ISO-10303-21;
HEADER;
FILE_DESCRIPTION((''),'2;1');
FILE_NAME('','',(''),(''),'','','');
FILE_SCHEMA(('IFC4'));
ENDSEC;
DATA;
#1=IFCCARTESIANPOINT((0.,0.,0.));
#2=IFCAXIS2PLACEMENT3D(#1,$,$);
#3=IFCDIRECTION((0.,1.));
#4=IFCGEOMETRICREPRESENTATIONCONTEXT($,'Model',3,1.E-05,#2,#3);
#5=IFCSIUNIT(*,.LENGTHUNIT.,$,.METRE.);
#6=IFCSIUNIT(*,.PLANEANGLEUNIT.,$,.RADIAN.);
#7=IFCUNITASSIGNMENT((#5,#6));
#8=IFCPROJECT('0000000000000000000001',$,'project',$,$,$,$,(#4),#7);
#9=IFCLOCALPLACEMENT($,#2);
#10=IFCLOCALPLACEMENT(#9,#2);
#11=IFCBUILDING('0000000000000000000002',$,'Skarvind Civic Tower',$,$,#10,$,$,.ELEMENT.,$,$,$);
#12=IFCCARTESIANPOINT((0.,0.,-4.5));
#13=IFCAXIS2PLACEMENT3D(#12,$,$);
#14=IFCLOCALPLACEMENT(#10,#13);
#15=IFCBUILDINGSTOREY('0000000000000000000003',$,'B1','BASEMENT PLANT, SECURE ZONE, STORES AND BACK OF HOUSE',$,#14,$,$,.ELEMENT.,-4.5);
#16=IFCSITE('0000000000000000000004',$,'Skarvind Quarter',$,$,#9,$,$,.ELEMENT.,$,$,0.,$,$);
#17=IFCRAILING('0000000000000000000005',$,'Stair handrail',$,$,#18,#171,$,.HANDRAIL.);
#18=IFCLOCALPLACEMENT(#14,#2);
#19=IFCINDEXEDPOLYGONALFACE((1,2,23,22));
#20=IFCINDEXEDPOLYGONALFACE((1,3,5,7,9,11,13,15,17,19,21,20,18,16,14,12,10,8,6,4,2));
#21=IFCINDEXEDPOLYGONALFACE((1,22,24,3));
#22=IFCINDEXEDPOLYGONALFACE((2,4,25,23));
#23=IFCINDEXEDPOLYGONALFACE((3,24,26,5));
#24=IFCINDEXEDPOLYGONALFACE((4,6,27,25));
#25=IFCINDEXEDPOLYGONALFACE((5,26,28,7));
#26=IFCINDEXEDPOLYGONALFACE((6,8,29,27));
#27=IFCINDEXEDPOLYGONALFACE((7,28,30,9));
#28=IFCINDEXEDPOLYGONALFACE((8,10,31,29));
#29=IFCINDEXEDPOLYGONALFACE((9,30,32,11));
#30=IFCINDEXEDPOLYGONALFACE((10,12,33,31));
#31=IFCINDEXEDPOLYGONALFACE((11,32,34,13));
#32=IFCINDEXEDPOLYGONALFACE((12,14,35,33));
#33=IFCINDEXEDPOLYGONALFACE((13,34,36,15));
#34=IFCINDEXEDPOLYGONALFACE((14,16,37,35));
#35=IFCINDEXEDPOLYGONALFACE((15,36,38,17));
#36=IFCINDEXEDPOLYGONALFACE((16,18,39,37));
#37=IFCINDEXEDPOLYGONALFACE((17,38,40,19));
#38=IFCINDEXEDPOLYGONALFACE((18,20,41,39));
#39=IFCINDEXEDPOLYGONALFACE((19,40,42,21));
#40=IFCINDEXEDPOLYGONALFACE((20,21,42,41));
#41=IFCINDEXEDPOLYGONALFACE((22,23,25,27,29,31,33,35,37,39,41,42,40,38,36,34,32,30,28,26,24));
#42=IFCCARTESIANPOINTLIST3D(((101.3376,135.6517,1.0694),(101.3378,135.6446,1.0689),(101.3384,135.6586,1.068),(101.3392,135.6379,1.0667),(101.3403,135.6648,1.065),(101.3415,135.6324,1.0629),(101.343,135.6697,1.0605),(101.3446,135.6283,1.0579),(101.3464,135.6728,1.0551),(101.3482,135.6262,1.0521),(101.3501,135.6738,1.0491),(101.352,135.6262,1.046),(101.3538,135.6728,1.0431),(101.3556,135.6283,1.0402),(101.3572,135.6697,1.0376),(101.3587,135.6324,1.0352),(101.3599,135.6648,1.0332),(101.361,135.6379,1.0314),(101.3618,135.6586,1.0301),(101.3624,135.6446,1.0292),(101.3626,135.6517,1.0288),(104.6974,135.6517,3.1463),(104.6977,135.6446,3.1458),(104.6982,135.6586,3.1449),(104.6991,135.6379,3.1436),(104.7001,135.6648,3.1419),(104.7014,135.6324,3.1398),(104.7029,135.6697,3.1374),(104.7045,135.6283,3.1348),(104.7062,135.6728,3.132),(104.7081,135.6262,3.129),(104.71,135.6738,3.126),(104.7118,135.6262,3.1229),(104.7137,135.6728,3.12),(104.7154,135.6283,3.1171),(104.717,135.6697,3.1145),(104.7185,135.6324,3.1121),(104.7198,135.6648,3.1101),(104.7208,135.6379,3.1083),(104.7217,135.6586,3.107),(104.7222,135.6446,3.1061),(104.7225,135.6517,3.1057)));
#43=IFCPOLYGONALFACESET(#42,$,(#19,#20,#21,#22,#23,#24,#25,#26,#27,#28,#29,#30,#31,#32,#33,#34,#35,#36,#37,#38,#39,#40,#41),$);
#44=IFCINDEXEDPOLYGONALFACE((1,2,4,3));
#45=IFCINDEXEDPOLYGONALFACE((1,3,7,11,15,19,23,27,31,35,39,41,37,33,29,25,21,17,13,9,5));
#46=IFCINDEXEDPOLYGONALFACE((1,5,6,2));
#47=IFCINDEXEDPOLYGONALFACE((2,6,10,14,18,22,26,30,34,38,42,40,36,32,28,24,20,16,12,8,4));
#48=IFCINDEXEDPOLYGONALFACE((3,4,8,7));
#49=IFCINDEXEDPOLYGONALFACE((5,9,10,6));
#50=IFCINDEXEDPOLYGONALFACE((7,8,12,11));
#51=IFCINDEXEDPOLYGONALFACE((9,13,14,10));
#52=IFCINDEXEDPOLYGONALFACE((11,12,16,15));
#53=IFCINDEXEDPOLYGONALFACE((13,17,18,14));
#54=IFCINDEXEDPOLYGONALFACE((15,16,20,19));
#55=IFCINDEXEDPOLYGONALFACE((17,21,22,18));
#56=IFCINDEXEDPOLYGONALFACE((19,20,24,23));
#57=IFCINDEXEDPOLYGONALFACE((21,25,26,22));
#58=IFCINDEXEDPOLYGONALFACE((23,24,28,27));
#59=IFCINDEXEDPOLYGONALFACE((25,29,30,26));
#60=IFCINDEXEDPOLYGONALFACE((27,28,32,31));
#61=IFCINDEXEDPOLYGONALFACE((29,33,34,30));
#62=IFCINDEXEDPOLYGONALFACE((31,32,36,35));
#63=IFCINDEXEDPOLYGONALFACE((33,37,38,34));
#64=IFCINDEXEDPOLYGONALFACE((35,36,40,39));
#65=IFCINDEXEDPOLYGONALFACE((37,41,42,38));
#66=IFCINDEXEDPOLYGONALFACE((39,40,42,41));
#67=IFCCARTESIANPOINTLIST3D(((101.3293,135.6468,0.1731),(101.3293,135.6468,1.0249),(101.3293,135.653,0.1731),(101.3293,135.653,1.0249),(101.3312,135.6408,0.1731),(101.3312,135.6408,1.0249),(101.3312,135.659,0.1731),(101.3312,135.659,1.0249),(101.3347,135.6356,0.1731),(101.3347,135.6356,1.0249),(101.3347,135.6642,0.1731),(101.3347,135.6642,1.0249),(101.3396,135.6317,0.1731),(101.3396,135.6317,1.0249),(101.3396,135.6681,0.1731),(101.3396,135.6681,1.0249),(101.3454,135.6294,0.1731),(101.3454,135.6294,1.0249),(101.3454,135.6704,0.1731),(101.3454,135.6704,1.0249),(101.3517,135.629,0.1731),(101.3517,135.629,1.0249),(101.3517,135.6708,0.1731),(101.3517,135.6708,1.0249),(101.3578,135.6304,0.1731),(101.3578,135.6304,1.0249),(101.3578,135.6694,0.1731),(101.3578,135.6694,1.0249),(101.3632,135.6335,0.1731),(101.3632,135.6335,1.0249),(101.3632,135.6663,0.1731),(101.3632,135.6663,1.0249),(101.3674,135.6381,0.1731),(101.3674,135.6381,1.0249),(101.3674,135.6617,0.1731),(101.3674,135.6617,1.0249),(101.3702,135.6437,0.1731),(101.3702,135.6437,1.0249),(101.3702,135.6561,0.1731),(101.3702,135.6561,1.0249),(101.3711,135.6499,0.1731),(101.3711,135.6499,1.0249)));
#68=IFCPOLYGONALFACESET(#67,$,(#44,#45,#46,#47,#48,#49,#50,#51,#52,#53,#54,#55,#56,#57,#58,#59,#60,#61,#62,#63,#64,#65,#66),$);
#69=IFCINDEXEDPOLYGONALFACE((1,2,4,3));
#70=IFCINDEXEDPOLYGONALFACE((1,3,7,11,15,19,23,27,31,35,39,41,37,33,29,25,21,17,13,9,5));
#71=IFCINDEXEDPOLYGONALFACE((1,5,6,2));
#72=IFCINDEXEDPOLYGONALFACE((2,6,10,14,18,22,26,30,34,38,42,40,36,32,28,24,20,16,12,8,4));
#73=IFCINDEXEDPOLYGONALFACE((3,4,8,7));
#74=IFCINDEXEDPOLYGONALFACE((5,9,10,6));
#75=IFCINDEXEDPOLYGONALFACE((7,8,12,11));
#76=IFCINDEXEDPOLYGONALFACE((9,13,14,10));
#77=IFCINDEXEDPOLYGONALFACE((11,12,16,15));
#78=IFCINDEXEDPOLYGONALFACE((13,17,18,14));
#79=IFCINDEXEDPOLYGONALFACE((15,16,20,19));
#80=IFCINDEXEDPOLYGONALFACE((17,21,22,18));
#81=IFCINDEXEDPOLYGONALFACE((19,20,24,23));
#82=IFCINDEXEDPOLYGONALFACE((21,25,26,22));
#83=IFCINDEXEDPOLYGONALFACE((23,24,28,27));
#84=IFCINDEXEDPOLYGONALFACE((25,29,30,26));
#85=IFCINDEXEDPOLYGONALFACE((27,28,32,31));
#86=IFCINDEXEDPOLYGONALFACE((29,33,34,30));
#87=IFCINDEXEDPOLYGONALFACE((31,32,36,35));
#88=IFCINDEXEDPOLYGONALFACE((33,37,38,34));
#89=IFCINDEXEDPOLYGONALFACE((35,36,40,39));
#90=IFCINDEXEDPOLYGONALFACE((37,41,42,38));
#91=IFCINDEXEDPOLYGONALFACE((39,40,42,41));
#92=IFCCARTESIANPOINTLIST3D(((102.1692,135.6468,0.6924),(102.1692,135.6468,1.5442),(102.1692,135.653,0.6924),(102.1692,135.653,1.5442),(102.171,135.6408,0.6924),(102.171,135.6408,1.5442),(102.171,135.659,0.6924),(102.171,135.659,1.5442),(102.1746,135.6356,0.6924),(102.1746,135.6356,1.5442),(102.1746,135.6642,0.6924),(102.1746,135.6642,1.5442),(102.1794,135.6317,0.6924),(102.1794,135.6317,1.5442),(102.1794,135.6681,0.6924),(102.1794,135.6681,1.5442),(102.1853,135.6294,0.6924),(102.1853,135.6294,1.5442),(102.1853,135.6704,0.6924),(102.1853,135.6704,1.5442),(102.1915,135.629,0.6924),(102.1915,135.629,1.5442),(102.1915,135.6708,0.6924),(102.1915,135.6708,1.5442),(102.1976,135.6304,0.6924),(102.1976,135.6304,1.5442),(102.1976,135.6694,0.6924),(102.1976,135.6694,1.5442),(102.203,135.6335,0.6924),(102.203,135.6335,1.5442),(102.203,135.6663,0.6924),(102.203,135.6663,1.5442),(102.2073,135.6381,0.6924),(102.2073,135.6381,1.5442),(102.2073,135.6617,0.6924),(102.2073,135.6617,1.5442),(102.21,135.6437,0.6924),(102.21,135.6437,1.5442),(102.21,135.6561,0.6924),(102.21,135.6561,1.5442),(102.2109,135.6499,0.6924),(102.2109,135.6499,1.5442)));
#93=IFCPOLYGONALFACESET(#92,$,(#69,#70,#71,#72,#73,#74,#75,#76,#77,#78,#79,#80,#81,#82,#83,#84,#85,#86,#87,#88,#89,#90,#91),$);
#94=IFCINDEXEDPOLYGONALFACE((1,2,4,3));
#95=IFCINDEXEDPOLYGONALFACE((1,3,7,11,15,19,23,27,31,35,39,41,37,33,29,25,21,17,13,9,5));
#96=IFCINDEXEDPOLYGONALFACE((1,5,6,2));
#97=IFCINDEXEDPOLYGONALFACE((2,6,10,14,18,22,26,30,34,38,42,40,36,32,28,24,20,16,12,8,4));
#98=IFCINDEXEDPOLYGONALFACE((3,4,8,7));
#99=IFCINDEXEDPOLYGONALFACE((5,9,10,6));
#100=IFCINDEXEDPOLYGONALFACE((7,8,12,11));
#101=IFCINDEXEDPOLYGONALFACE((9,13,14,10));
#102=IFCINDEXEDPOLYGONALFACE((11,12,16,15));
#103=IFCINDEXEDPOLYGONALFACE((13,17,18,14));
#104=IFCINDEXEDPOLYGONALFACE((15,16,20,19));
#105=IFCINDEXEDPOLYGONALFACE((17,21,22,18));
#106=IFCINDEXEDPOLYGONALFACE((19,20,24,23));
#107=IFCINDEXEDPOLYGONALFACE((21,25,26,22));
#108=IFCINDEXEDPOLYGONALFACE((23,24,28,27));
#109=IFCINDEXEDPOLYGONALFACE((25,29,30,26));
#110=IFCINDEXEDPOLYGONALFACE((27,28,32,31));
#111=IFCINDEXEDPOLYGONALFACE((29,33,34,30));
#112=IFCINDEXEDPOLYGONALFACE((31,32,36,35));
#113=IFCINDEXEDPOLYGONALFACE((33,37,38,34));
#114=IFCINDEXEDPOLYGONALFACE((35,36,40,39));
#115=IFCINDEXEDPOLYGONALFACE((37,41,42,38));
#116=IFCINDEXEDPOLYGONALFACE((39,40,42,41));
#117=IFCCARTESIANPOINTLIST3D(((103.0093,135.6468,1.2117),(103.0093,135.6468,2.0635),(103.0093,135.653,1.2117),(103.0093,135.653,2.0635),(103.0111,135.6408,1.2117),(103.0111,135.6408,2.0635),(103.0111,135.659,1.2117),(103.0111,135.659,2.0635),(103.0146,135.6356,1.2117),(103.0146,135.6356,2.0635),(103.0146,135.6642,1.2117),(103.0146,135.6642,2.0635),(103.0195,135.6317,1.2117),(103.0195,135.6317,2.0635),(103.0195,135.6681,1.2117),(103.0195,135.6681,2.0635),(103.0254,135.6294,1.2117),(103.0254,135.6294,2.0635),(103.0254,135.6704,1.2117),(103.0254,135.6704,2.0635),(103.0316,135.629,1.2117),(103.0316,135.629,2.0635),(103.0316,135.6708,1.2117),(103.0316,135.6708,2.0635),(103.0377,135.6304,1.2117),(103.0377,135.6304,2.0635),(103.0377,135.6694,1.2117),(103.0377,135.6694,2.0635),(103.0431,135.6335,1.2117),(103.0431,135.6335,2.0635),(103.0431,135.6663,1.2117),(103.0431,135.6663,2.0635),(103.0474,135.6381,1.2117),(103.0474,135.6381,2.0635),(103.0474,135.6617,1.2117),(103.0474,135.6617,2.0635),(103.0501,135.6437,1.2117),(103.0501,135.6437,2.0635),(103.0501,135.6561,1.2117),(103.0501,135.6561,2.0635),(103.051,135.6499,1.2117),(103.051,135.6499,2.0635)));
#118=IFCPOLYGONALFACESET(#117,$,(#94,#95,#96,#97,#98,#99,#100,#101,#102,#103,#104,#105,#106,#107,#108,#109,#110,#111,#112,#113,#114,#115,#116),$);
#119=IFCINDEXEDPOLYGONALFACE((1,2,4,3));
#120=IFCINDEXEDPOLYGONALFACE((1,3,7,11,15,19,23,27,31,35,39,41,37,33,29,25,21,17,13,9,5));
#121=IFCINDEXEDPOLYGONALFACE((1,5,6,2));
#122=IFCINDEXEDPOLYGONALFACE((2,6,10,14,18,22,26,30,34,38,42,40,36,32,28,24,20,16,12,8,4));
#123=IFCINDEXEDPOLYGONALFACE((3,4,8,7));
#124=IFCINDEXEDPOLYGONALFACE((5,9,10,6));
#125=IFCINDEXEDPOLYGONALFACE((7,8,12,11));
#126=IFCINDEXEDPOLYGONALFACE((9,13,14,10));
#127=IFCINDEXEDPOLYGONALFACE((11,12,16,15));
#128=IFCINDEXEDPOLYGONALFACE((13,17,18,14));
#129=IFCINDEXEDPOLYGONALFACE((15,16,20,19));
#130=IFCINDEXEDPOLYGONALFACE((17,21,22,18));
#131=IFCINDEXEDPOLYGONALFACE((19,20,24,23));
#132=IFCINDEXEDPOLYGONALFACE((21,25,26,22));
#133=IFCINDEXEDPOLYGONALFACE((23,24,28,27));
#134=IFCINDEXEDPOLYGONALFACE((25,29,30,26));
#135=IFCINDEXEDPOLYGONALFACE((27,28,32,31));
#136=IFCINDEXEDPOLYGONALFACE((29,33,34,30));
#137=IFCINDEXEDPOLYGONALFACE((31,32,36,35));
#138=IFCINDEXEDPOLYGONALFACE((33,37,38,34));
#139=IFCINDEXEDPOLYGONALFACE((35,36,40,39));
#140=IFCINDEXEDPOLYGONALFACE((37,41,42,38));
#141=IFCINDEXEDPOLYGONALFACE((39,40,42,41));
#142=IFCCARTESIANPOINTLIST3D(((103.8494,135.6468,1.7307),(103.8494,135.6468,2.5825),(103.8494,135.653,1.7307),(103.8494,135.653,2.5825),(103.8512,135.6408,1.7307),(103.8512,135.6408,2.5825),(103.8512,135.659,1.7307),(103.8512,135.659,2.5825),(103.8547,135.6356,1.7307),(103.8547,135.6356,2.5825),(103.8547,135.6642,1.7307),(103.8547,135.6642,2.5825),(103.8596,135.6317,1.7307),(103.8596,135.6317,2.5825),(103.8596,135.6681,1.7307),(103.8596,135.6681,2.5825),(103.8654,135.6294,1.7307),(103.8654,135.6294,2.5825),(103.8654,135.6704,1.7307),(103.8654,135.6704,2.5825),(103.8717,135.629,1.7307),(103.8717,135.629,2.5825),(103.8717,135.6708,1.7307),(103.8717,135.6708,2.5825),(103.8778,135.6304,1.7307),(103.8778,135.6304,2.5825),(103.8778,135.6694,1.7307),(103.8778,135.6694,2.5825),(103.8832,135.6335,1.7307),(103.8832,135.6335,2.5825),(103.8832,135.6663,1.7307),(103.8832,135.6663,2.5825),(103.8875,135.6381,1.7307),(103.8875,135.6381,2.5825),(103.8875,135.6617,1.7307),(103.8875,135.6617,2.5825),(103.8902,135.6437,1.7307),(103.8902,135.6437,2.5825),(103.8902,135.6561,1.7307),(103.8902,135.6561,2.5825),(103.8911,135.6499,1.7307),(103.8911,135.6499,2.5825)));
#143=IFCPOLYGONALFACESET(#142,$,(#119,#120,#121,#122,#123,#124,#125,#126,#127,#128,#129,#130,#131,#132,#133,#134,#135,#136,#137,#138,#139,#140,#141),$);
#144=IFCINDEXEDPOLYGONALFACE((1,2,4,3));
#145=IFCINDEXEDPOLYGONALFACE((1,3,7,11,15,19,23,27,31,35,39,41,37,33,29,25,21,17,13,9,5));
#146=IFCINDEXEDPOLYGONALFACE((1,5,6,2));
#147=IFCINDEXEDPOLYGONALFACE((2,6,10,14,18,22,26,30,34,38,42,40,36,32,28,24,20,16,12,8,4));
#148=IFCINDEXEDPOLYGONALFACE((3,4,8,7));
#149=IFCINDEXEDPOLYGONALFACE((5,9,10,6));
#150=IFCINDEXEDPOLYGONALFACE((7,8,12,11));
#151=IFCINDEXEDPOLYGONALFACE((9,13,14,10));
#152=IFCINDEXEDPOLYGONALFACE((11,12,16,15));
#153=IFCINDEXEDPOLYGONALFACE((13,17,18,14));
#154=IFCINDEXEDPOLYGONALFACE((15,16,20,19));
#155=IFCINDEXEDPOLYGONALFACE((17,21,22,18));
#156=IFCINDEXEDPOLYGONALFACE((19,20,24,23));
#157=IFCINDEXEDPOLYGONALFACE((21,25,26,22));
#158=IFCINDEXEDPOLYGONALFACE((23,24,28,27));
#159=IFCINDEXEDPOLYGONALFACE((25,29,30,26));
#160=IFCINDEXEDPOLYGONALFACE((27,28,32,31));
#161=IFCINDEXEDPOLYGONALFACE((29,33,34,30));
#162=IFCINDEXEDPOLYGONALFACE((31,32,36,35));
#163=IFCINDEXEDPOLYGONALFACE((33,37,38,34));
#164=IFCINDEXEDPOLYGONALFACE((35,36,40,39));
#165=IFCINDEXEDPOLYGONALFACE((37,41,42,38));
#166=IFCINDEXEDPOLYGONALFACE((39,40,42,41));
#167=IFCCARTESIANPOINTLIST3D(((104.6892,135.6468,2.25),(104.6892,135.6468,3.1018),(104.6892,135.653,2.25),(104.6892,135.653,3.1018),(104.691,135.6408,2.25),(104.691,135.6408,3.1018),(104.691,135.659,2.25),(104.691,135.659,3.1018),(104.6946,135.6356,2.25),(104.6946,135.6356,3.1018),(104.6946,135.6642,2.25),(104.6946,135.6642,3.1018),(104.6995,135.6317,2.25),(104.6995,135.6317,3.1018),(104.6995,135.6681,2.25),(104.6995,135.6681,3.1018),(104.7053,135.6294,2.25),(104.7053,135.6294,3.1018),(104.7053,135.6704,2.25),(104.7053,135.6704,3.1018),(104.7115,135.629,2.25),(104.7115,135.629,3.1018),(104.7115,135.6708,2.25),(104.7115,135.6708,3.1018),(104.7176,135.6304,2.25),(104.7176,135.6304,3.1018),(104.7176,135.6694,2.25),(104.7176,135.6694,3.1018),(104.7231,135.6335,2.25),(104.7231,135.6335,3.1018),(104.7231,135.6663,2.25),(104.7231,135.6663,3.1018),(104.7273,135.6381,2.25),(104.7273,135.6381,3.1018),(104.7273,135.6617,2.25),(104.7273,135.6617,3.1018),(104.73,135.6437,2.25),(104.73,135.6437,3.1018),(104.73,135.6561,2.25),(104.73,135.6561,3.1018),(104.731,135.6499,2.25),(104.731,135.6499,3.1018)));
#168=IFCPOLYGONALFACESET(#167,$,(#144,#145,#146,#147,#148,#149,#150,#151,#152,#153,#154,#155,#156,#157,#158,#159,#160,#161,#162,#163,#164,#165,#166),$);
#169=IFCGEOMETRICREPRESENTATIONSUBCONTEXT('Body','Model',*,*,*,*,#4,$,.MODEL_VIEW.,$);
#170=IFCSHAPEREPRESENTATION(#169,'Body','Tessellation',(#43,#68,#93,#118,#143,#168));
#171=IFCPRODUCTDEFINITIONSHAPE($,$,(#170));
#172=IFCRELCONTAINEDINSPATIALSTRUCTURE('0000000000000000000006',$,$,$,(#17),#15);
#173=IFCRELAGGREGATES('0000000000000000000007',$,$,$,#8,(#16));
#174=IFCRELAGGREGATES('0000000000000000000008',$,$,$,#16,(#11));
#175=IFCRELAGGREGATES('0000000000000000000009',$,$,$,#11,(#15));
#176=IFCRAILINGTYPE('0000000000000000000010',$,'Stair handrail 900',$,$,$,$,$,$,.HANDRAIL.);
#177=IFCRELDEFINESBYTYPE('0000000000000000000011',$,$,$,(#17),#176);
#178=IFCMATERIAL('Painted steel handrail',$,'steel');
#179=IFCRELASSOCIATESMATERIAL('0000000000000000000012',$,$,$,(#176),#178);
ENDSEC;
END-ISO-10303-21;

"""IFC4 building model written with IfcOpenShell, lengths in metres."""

from ifc_helpers import new_model, si_unit, direction, frame, origin, origin_2d, place, context, subcontext, project, spatial, circle, extrude, material, type_object, element, save


model = new_model("IFC4")

# Units and contexts
model_context = context("Model", 3, precision=1e-05, world=origin(), true_north=direction((0.0, 1.0)))
body_context = subcontext(model_context, "Body", "Model", "MODEL_VIEW")
ifc_project = project(units=[si_unit("LENGTHUNIT", "METRE"), si_unit("PLANEANGLEUNIT", "RADIAN")], contexts=[model_context])

# Site, building, storey
site_placement = place(None, origin())
site = spatial("IfcSite", under=ifc_project, at=site_placement, Name="Skarvind Quarter", CompositionType="ELEMENT", RefElevation=0.0)
building_placement = place(site_placement, origin())
building = spatial("IfcBuilding", under=site, at=building_placement, Name="Skarvind Civic Tower", CompositionType="ELEMENT")
storey_placement = place(building_placement, frame((0.0, 0.0, -4.5)))
storey = spatial("IfcBuildingStorey", under=building, at=storey_placement, Name="B1", Description="BASEMENT PLANT, SECURE ZONE, STORES AND BACK OF HOUSE", CompositionType="ELEMENT", Elevation=-4.5)

# Railing
ifc_material_1 = material(Name="Painted steel handrail", Category="steel")
railing_type = type_object("IfcRailingType", Name="Stair handrail 900", PredefinedType="HANDRAIL", material=ifc_material_1)
railing_1_placement = place(storey_placement, frame((101.3501, 135.6499, 0.1731)))
element("IfcRailing", 1, at=railing_1_placement, inside=storey, type_object=railing_type, Name="Stair handrail", PredefinedType="HANDRAIL", context=body_context, shape_type="SweptSolid", body=[
    extrude(circle(Radius=0.0239, at=origin_2d()), frame((0.0, 0.0, 0.876), z_axis=(0.850606, 0.0, 0.525803), x_axis=(0.0, 1.0, 0.0)), (0.0, 0.0, 1.0), 3.95),
    extrude(circle(Radius=0.021, at=origin_2d()), origin(), (0.0, 0.0, 1.0), 0.8518),
    extrude(circle(Radius=0.021, at=origin_2d()), frame((0.8398, 0.0, 0.5193)), (0.0, 0.0, 1.0), 0.8518),
    extrude(circle(Radius=0.021, at=origin_2d()), frame((1.6799, 0.0, 1.0386)), (0.0, 0.0, 1.0), 0.8518),
    extrude(circle(Radius=0.021, at=origin_2d()), frame((2.52, 0.0, 1.5576)), (0.0, 0.0, 1.0), 0.8518),
    extrude(circle(Radius=0.021, at=origin_2d()), frame((3.3599, 0.0, 2.0769)), (0.0, 0.0, 1.0), 0.8518),
])

save(model, "model.ifc")
